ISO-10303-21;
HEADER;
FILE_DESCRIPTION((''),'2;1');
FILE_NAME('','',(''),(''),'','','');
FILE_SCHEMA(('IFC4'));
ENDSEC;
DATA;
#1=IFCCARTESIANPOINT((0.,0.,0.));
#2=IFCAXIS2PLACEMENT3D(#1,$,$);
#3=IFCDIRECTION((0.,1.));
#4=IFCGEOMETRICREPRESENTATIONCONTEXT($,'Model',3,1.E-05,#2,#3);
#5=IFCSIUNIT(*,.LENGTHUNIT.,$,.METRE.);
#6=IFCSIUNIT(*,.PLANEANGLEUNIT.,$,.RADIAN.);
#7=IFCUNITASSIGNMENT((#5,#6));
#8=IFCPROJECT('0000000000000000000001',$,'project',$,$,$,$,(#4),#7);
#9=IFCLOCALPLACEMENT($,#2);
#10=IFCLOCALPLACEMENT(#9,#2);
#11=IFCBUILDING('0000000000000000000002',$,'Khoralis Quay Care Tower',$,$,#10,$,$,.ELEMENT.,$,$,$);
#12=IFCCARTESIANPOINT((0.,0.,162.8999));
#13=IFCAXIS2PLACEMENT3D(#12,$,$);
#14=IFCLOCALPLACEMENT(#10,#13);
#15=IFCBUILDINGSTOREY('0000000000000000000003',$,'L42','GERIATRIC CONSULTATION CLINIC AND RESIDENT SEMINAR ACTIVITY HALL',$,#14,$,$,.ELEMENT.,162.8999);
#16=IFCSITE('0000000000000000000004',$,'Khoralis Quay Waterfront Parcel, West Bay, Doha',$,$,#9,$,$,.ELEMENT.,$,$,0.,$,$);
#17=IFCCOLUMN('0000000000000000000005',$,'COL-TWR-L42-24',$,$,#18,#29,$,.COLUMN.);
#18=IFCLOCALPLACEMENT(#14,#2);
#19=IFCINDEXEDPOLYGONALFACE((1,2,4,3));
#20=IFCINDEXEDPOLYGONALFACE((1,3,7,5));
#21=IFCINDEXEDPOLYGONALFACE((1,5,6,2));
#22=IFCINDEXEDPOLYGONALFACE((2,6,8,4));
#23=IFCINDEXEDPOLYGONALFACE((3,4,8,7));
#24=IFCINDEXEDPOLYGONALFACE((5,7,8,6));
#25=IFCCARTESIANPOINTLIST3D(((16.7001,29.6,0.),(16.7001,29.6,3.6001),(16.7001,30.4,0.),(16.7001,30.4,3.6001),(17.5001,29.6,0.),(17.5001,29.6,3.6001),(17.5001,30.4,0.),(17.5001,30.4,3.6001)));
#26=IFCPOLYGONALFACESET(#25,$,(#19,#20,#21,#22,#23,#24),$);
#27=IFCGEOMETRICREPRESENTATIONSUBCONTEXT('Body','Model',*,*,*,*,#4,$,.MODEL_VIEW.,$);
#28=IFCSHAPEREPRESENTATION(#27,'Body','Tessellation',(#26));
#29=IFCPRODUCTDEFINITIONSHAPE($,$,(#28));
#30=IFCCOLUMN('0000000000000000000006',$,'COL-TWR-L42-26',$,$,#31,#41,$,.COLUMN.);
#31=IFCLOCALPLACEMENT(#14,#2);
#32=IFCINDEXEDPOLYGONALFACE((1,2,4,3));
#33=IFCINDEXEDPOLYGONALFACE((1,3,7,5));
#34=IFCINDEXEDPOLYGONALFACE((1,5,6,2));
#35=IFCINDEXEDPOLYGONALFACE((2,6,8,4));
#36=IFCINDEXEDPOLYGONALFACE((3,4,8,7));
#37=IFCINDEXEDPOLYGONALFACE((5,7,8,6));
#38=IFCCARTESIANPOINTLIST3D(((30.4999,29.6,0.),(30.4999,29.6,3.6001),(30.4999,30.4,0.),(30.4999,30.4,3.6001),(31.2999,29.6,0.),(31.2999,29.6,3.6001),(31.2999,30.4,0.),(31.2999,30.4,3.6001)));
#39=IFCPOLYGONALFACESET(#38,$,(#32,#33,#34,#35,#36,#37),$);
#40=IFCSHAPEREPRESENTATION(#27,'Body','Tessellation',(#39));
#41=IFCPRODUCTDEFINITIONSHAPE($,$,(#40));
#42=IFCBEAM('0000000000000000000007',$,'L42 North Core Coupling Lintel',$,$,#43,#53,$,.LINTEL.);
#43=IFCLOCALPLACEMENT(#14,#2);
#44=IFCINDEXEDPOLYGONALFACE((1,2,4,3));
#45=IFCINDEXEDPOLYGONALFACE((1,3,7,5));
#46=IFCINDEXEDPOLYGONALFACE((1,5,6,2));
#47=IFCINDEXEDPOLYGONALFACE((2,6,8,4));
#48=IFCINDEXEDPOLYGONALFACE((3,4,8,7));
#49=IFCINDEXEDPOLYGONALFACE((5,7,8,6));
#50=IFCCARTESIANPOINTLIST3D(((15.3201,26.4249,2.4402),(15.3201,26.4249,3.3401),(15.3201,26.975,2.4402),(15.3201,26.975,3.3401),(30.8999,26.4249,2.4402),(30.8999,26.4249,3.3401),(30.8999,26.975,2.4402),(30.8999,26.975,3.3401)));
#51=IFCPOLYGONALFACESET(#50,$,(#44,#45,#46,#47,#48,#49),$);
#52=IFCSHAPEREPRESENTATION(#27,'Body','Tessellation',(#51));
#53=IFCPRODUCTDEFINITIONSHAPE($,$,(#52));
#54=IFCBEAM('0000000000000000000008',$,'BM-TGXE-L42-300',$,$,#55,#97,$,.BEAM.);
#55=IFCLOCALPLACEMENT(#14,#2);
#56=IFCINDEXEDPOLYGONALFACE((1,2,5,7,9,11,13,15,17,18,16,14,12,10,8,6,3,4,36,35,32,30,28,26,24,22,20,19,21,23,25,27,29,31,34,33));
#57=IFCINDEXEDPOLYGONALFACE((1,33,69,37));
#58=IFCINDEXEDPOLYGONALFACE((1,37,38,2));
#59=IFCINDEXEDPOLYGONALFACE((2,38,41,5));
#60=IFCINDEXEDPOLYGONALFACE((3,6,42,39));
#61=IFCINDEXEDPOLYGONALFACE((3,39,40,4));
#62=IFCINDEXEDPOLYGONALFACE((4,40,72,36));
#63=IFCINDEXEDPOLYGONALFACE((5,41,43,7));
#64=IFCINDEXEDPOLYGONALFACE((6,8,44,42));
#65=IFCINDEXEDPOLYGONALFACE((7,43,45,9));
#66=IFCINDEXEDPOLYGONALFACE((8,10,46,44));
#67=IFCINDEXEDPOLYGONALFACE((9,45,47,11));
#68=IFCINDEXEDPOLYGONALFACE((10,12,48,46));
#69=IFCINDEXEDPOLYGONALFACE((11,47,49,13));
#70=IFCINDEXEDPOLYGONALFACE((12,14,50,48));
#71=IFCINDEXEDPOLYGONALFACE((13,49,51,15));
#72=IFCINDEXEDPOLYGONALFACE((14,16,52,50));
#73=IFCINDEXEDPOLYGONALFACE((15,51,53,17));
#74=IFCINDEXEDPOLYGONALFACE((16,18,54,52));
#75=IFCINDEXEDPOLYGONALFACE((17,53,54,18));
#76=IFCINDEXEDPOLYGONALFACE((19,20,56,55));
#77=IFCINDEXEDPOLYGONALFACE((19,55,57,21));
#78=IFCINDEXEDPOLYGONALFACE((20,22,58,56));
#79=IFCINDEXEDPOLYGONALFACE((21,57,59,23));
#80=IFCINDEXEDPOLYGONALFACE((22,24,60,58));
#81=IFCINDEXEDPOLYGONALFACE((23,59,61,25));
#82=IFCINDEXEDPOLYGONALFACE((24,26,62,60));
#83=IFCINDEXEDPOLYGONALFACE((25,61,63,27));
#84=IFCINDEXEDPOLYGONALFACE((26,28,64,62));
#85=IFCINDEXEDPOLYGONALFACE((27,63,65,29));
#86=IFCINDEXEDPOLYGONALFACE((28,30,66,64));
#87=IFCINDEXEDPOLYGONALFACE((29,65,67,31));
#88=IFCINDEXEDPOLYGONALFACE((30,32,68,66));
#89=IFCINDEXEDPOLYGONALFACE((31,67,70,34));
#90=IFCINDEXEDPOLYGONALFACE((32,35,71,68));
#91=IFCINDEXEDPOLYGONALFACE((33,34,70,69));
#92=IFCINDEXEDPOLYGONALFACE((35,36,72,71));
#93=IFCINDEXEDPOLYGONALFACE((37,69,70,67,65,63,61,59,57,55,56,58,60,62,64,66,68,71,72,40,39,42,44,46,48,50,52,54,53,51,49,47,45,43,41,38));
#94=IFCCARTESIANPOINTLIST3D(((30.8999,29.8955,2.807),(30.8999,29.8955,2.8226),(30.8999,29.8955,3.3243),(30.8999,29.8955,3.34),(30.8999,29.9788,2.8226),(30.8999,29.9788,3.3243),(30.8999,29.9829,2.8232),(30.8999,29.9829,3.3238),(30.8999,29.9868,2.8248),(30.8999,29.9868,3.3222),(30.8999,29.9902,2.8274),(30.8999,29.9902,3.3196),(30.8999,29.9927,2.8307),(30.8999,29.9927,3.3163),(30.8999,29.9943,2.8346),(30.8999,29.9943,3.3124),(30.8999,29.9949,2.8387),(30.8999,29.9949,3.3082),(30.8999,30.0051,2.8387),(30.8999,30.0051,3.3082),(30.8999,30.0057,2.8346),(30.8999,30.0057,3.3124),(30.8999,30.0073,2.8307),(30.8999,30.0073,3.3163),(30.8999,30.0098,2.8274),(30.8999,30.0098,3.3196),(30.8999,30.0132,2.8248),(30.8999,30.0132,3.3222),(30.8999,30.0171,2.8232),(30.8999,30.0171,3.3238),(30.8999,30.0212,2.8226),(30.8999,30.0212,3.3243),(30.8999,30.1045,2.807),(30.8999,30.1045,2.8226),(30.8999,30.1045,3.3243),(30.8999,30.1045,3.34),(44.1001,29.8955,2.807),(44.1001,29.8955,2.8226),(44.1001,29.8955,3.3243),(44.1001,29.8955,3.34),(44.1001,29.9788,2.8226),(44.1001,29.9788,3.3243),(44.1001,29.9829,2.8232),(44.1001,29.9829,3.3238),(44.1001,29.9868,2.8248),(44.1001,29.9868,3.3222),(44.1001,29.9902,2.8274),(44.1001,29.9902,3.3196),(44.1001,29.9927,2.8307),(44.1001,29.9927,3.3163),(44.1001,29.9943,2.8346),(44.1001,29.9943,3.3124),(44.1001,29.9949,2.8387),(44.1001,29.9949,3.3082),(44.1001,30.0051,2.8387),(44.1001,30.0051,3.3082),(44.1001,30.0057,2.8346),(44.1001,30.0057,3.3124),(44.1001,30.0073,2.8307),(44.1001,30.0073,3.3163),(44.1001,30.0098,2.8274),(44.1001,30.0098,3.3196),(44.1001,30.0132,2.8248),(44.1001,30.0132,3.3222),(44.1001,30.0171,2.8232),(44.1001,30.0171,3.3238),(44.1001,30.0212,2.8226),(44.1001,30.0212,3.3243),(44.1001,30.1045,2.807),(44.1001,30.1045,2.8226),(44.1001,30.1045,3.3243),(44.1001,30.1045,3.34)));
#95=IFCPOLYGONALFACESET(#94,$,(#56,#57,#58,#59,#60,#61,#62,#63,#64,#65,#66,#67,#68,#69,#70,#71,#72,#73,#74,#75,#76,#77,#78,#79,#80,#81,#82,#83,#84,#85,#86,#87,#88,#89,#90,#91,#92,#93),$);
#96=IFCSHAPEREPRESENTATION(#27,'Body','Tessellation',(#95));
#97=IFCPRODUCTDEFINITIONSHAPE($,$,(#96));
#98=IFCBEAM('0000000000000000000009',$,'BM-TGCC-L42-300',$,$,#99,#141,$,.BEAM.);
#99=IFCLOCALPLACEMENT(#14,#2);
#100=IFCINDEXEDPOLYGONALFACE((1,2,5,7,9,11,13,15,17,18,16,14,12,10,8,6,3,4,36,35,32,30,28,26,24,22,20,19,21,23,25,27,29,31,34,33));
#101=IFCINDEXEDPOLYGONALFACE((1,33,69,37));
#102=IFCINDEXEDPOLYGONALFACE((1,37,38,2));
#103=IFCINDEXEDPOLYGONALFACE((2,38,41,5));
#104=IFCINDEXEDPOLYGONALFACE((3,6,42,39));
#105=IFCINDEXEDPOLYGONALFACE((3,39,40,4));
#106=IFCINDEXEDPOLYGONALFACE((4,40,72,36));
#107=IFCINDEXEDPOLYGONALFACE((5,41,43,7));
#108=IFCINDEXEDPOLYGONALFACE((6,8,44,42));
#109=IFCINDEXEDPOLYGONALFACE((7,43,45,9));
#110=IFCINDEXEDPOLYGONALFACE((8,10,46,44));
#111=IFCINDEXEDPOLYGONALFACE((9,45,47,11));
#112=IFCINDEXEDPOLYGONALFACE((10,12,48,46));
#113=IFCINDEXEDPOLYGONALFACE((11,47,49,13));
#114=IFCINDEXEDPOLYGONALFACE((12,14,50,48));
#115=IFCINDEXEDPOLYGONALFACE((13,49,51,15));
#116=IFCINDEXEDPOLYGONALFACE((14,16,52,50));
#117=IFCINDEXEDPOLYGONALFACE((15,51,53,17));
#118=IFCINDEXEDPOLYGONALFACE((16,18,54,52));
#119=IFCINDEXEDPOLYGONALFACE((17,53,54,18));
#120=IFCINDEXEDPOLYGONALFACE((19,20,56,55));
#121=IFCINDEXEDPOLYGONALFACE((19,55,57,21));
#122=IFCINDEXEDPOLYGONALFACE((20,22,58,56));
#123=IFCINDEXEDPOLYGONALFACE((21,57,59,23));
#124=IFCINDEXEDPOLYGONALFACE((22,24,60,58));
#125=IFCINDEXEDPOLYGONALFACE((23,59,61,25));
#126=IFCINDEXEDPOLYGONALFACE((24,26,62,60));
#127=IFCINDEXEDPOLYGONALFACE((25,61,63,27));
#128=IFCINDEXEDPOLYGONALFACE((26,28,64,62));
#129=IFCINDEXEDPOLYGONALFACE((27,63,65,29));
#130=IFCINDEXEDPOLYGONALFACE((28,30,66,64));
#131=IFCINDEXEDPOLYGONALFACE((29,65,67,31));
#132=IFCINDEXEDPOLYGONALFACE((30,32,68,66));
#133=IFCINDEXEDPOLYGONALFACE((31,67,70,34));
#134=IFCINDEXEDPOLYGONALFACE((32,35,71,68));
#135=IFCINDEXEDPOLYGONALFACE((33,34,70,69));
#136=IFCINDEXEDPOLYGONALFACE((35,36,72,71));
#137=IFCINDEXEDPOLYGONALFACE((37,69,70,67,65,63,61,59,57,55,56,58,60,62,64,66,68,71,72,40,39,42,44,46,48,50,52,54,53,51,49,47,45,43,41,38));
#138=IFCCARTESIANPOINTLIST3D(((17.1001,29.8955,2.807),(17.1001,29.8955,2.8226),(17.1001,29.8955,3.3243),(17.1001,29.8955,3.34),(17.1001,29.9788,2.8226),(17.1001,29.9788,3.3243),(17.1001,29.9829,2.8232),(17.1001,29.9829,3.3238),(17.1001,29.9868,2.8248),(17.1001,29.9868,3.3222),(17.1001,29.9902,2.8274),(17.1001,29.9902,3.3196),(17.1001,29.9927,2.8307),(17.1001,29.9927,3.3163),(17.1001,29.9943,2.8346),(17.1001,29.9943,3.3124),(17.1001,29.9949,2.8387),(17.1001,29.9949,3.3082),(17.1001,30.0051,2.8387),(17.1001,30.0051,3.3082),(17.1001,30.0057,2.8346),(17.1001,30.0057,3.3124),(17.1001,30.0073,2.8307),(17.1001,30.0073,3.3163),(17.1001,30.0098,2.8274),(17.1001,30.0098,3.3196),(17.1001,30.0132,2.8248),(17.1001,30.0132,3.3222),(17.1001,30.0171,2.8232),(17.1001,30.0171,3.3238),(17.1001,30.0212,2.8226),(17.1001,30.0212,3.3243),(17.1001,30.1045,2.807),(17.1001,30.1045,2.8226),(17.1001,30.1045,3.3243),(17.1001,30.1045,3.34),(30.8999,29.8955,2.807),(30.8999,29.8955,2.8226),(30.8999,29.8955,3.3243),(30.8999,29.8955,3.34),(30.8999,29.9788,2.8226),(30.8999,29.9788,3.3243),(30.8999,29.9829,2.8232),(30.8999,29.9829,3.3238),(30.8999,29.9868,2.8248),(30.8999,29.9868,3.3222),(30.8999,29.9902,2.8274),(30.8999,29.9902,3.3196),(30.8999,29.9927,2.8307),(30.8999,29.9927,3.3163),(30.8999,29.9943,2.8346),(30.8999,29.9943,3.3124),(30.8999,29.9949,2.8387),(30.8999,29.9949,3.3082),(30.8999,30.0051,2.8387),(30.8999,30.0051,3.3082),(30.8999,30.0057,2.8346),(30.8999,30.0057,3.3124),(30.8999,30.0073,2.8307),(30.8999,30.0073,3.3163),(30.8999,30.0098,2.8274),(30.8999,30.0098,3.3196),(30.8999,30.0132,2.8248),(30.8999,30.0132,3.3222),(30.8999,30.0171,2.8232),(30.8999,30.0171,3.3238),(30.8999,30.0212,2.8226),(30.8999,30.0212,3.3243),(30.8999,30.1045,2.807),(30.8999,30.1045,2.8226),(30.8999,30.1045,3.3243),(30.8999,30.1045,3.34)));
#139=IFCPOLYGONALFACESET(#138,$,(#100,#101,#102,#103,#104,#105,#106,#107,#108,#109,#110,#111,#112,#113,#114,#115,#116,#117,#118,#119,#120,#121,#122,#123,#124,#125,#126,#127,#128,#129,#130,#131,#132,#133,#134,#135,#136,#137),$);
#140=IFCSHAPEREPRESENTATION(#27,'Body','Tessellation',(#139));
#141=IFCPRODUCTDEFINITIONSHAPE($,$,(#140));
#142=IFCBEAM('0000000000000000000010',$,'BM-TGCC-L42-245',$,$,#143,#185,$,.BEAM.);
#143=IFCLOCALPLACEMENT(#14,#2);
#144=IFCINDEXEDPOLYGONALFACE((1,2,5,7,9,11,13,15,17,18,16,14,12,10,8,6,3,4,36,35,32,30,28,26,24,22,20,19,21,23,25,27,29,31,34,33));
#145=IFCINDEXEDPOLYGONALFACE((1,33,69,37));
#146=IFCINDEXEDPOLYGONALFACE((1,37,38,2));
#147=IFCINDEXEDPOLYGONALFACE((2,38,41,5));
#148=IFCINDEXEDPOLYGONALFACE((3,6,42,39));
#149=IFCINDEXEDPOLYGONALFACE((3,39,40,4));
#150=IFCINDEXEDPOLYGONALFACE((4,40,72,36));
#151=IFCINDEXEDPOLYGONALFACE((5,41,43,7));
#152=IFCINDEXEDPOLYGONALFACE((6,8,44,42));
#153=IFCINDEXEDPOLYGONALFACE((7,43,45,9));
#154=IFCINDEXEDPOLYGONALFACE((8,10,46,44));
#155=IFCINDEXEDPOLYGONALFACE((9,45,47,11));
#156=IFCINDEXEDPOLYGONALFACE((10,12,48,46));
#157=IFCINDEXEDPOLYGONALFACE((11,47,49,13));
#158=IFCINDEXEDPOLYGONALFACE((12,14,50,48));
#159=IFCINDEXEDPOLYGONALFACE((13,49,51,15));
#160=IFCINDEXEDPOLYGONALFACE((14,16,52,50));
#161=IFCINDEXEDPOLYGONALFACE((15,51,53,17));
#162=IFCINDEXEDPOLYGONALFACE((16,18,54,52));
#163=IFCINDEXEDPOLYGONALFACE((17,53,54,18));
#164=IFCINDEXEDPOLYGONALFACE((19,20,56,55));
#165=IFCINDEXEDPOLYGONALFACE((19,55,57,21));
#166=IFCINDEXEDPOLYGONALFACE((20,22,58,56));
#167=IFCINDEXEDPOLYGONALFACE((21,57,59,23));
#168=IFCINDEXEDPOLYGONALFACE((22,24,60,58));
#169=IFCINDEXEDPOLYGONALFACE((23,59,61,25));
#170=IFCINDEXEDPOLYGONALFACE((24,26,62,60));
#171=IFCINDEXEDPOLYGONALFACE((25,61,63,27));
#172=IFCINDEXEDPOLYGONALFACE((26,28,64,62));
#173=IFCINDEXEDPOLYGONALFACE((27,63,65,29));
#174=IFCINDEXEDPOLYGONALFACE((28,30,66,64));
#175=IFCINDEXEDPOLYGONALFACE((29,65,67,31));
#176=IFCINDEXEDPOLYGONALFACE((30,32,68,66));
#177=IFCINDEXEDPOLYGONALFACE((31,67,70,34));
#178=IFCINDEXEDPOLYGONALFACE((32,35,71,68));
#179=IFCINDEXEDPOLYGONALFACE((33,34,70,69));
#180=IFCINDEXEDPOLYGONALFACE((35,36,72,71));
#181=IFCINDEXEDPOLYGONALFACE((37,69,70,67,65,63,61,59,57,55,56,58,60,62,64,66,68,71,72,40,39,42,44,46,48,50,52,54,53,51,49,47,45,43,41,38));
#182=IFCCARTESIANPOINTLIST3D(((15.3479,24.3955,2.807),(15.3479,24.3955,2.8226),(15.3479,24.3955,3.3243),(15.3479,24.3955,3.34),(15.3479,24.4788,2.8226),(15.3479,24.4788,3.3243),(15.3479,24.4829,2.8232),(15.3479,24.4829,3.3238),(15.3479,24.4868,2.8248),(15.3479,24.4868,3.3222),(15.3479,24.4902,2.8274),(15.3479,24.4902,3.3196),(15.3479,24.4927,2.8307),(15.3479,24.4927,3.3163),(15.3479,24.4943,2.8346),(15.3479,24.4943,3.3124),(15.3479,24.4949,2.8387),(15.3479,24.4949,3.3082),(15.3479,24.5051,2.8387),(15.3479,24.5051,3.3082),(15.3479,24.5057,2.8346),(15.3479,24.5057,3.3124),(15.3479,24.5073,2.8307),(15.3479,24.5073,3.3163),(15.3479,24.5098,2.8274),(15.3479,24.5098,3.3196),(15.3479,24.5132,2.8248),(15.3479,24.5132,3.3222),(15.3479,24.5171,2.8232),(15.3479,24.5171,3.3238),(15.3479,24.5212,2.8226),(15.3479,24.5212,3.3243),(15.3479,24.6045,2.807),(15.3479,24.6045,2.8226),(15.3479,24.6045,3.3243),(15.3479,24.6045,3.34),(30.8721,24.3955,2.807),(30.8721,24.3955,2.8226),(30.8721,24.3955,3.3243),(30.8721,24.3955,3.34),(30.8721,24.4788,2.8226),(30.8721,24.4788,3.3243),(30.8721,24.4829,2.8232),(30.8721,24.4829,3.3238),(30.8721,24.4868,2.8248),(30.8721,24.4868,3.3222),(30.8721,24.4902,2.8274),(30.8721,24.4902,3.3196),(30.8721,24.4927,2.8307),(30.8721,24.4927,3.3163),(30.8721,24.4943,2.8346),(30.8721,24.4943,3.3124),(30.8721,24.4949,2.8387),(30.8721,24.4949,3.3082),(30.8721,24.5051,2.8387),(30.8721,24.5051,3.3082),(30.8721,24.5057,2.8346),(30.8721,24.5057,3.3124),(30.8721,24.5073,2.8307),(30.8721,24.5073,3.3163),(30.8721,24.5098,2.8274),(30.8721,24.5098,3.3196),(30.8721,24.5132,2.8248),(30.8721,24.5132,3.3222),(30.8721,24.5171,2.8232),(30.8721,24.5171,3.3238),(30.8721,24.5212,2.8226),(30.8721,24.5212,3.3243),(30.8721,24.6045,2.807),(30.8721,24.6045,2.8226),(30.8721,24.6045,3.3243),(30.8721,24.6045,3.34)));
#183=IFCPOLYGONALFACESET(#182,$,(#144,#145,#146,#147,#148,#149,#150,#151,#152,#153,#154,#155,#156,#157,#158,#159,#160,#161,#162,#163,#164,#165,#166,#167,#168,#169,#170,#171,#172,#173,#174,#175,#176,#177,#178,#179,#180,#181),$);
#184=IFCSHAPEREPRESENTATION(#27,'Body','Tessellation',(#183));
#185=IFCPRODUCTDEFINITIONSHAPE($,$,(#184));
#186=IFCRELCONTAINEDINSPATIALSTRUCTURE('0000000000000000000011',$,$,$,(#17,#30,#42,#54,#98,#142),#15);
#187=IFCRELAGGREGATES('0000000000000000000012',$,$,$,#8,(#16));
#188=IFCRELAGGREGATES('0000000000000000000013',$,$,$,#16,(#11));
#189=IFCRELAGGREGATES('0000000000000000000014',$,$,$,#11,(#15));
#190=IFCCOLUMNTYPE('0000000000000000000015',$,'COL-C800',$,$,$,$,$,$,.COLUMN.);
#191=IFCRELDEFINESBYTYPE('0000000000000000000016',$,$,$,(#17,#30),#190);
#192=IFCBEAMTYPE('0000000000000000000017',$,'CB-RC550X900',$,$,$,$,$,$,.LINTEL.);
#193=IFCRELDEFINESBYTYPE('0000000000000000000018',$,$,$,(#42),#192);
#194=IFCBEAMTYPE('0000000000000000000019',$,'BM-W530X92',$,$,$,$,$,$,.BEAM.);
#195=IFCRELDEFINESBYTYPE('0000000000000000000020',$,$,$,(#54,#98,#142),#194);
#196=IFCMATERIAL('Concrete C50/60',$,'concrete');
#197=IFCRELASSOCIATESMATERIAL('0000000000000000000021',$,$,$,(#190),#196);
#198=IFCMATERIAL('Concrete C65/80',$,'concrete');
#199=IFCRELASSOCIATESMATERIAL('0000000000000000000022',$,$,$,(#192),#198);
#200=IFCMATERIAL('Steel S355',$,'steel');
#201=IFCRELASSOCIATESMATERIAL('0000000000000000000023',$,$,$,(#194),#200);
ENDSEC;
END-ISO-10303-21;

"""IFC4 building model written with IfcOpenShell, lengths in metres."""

from ifc_helpers import new_model, si_unit, direction, frame, origin, origin_2d, place, context, subcontext, project, spatial, rectangle, i_section, extrude, source, transform, mapped, material, material_profile, profile_set, type_object, element, save


model = new_model("IFC4")

# Units and contexts
model_context = context("Model", 3, precision=1e-05, world=origin(), true_north=direction((0.0, 1.0)))
body_context = subcontext(model_context, "Body", "Model", "MODEL_VIEW")
ifc_project = project(units=[si_unit("LENGTHUNIT", "METRE"), si_unit("PLANEANGLEUNIT", "RADIAN")], contexts=[model_context])

# Site, building, storey
site_placement = place(None, origin())
site = spatial("IfcSite", under=ifc_project, at=site_placement, Name="Khoralis Quay Waterfront Parcel, West Bay, Doha", CompositionType="ELEMENT", RefElevation=0.0)
building_placement = place(site_placement, origin())
building = spatial("IfcBuilding", under=site, at=building_placement, Name="Khoralis Quay Care Tower", CompositionType="ELEMENT")
storey_placement = place(building_placement, frame((0.0, 0.0, 162.8999)))
storey = spatial("IfcBuildingStorey", under=building, at=storey_placement, Name="L42", Description="GERIATRIC CONSULTATION CLINIC AND RESIDENT SEMINAR ACTIVITY HALL", CompositionType="ELEMENT", Elevation=162.8999)

# Columns
ifc_material_1 = material(Name="Concrete C50/60", Category="concrete")
ifc_material_profile_1 = material_profile(ifc_material_1, rectangle(XDim=0.8, YDim=0.8, at=origin_2d()), Name="Concrete C50/60")
ifc_profile_set_1 = profile_set([ifc_material_profile_1], Name="Concrete C50/60")
column_type = type_object("IfcColumnType", Name="COL-C800", PredefinedType="COLUMN", material=ifc_profile_set_1)
shared_shape_1 = source(origin(), body_context, "Body", "SweptSolid", [
    extrude(rectangle(XDim=0.8, YDim=0.8, at=origin_2d()), origin(), (0.0, 0.0, 1.0), 3.6001),
])
for number, where, z_axis, x_axis, name in (
    (1, (17.1001, 30.0, 0.0), (0.0, 0.0, 1.0), (1.0, 0.0, 0.0), "COL-TWR-L42-24"),
    (2, (30.8999, 30.0, 0.0), (0.0, 0.0, 1.0), (1.0, 0.0, 0.0), "COL-TWR-L42-26"),
):
    element("IfcColumn", number, at=place(storey_placement, frame(where, z_axis=z_axis, x_axis=x_axis)), inside=storey, type_object=column_type, Name=name, PredefinedType="COLUMN", context=body_context, shape_type="MappedRepresentation", body=[
        mapped(shared_shape_1, transform((0.0, 0.0, 0.0), scale=1.0)),
    ])

# Beams
ifc_material_2 = material(Name="Concrete C65/80", Category="concrete")
ifc_material_profile_2 = material_profile(ifc_material_2, rectangle(XDim=0.55, YDim=0.8999, at=origin_2d()), Name="Concrete C65/80")
ifc_profile_set_2 = profile_set([ifc_material_profile_2], Name="Concrete C65/80")
beam_type_1 = type_object("IfcBeamType", Name="CB-RC550X900", PredefinedType="LINTEL", material=ifc_profile_set_2)
shared_shape_2 = source(origin(), body_context, "Body", "SweptSolid", [
    extrude(rectangle(XDim=0.55, YDim=0.8999, at=origin_2d()), origin(), (0.0, 0.0, 1.0), 15.5798),
])
beam_1_placement = place(storey_placement, frame((15.3201, 26.7, 2.8901), z_axis=(1.0, 0.0, 0.0), x_axis=(0.0, 1.0, 0.0)))
element("IfcBeam", 3, at=beam_1_placement, inside=storey, type_object=beam_type_1, Name="L42 North Core Coupling Lintel", PredefinedType="LINTEL", context=body_context, shape_type="MappedRepresentation", body=[
    mapped(shared_shape_2, transform((0.0, 0.0, 0.0), scale=1.0)),
])
ifc_material_3 = material(Name="Steel S355", Category="steel")
ifc_material_profile_3 = material_profile(ifc_material_3, i_section(OverallWidth=0.209, OverallDepth=0.533, WebThickness=0.0103, FlangeThickness=0.0156, FilletRadius=0.0161, at=origin_2d()), Name="Steel S355")
ifc_profile_set_3 = profile_set([ifc_material_profile_3], Name="Steel S355")
beam_type_2 = type_object("IfcBeamType", Name="BM-W530X92", PredefinedType="BEAM", material=ifc_profile_set_3)
shared_shape_3 = source(origin(), body_context, "Body", "SweptSolid", [
    extrude(i_section(OverallWidth=0.209, OverallDepth=0.533, WebThickness=0.0103, FlangeThickness=0.0156, FilletRadius=0.0161, at=origin_2d()), origin(), (0.0, 0.0, 1.0), 13.2002),
])
beam_2_placement = place(storey_placement, frame((30.8999, 30.0, 3.0735), z_axis=(1.0, 0.0, 0.0), x_axis=(0.0, 1.0, 0.0)))
element("IfcBeam", 4, at=beam_2_placement, inside=storey, type_object=beam_type_2, Name="BM-TGXE-L42-300", PredefinedType="BEAM", context=body_context, shape_type="MappedRepresentation", body=[
    mapped(shared_shape_3, transform((0.0, 0.0, 0.0), scale=1.0)),
])
shared_shape_4 = source(origin(), body_context, "Body", "SweptSolid", [
    extrude(i_section(OverallWidth=0.209, OverallDepth=0.533, WebThickness=0.0103, FlangeThickness=0.0156, FilletRadius=0.0161, at=origin_2d()), origin(), (0.0, 0.0, 1.0), 13.7998),
])
beam_3_placement = place(storey_placement, frame((17.1001, 30.0, 3.0735), z_axis=(1.0, 0.0, 0.0), x_axis=(0.0, 1.0, 0.0)))
element("IfcBeam", 5, at=beam_3_placement, inside=storey, type_object=beam_type_2, Name="BM-TGCC-L42-300", PredefinedType="BEAM", context=body_context, shape_type="MappedRepresentation", body=[
    mapped(shared_shape_4, transform((0.0, 0.0, 0.0), scale=1.0)),
])
shared_shape_5 = source(origin(), body_context, "Body", "SweptSolid", [
    extrude(i_section(OverallWidth=0.209, OverallDepth=0.533, WebThickness=0.0103, FlangeThickness=0.0156, FilletRadius=0.0161, at=origin_2d()), origin(), (0.0, 0.0, 1.0), 15.5242),
])
beam_4_placement = place(storey_placement, frame((15.3479, 24.5, 3.0735), z_axis=(1.0, 0.0, 0.0), x_axis=(0.0, 1.0, 0.0)))
element("IfcBeam", 6, at=beam_4_placement, inside=storey, type_object=beam_type_2, Name="BM-TGCC-L42-245", PredefinedType="BEAM", context=body_context, shape_type="MappedRepresentation", body=[
    mapped(shared_shape_5, transform((0.0, 0.0, 0.0), scale=1.0)),
])

save(model, "model.ifc")
